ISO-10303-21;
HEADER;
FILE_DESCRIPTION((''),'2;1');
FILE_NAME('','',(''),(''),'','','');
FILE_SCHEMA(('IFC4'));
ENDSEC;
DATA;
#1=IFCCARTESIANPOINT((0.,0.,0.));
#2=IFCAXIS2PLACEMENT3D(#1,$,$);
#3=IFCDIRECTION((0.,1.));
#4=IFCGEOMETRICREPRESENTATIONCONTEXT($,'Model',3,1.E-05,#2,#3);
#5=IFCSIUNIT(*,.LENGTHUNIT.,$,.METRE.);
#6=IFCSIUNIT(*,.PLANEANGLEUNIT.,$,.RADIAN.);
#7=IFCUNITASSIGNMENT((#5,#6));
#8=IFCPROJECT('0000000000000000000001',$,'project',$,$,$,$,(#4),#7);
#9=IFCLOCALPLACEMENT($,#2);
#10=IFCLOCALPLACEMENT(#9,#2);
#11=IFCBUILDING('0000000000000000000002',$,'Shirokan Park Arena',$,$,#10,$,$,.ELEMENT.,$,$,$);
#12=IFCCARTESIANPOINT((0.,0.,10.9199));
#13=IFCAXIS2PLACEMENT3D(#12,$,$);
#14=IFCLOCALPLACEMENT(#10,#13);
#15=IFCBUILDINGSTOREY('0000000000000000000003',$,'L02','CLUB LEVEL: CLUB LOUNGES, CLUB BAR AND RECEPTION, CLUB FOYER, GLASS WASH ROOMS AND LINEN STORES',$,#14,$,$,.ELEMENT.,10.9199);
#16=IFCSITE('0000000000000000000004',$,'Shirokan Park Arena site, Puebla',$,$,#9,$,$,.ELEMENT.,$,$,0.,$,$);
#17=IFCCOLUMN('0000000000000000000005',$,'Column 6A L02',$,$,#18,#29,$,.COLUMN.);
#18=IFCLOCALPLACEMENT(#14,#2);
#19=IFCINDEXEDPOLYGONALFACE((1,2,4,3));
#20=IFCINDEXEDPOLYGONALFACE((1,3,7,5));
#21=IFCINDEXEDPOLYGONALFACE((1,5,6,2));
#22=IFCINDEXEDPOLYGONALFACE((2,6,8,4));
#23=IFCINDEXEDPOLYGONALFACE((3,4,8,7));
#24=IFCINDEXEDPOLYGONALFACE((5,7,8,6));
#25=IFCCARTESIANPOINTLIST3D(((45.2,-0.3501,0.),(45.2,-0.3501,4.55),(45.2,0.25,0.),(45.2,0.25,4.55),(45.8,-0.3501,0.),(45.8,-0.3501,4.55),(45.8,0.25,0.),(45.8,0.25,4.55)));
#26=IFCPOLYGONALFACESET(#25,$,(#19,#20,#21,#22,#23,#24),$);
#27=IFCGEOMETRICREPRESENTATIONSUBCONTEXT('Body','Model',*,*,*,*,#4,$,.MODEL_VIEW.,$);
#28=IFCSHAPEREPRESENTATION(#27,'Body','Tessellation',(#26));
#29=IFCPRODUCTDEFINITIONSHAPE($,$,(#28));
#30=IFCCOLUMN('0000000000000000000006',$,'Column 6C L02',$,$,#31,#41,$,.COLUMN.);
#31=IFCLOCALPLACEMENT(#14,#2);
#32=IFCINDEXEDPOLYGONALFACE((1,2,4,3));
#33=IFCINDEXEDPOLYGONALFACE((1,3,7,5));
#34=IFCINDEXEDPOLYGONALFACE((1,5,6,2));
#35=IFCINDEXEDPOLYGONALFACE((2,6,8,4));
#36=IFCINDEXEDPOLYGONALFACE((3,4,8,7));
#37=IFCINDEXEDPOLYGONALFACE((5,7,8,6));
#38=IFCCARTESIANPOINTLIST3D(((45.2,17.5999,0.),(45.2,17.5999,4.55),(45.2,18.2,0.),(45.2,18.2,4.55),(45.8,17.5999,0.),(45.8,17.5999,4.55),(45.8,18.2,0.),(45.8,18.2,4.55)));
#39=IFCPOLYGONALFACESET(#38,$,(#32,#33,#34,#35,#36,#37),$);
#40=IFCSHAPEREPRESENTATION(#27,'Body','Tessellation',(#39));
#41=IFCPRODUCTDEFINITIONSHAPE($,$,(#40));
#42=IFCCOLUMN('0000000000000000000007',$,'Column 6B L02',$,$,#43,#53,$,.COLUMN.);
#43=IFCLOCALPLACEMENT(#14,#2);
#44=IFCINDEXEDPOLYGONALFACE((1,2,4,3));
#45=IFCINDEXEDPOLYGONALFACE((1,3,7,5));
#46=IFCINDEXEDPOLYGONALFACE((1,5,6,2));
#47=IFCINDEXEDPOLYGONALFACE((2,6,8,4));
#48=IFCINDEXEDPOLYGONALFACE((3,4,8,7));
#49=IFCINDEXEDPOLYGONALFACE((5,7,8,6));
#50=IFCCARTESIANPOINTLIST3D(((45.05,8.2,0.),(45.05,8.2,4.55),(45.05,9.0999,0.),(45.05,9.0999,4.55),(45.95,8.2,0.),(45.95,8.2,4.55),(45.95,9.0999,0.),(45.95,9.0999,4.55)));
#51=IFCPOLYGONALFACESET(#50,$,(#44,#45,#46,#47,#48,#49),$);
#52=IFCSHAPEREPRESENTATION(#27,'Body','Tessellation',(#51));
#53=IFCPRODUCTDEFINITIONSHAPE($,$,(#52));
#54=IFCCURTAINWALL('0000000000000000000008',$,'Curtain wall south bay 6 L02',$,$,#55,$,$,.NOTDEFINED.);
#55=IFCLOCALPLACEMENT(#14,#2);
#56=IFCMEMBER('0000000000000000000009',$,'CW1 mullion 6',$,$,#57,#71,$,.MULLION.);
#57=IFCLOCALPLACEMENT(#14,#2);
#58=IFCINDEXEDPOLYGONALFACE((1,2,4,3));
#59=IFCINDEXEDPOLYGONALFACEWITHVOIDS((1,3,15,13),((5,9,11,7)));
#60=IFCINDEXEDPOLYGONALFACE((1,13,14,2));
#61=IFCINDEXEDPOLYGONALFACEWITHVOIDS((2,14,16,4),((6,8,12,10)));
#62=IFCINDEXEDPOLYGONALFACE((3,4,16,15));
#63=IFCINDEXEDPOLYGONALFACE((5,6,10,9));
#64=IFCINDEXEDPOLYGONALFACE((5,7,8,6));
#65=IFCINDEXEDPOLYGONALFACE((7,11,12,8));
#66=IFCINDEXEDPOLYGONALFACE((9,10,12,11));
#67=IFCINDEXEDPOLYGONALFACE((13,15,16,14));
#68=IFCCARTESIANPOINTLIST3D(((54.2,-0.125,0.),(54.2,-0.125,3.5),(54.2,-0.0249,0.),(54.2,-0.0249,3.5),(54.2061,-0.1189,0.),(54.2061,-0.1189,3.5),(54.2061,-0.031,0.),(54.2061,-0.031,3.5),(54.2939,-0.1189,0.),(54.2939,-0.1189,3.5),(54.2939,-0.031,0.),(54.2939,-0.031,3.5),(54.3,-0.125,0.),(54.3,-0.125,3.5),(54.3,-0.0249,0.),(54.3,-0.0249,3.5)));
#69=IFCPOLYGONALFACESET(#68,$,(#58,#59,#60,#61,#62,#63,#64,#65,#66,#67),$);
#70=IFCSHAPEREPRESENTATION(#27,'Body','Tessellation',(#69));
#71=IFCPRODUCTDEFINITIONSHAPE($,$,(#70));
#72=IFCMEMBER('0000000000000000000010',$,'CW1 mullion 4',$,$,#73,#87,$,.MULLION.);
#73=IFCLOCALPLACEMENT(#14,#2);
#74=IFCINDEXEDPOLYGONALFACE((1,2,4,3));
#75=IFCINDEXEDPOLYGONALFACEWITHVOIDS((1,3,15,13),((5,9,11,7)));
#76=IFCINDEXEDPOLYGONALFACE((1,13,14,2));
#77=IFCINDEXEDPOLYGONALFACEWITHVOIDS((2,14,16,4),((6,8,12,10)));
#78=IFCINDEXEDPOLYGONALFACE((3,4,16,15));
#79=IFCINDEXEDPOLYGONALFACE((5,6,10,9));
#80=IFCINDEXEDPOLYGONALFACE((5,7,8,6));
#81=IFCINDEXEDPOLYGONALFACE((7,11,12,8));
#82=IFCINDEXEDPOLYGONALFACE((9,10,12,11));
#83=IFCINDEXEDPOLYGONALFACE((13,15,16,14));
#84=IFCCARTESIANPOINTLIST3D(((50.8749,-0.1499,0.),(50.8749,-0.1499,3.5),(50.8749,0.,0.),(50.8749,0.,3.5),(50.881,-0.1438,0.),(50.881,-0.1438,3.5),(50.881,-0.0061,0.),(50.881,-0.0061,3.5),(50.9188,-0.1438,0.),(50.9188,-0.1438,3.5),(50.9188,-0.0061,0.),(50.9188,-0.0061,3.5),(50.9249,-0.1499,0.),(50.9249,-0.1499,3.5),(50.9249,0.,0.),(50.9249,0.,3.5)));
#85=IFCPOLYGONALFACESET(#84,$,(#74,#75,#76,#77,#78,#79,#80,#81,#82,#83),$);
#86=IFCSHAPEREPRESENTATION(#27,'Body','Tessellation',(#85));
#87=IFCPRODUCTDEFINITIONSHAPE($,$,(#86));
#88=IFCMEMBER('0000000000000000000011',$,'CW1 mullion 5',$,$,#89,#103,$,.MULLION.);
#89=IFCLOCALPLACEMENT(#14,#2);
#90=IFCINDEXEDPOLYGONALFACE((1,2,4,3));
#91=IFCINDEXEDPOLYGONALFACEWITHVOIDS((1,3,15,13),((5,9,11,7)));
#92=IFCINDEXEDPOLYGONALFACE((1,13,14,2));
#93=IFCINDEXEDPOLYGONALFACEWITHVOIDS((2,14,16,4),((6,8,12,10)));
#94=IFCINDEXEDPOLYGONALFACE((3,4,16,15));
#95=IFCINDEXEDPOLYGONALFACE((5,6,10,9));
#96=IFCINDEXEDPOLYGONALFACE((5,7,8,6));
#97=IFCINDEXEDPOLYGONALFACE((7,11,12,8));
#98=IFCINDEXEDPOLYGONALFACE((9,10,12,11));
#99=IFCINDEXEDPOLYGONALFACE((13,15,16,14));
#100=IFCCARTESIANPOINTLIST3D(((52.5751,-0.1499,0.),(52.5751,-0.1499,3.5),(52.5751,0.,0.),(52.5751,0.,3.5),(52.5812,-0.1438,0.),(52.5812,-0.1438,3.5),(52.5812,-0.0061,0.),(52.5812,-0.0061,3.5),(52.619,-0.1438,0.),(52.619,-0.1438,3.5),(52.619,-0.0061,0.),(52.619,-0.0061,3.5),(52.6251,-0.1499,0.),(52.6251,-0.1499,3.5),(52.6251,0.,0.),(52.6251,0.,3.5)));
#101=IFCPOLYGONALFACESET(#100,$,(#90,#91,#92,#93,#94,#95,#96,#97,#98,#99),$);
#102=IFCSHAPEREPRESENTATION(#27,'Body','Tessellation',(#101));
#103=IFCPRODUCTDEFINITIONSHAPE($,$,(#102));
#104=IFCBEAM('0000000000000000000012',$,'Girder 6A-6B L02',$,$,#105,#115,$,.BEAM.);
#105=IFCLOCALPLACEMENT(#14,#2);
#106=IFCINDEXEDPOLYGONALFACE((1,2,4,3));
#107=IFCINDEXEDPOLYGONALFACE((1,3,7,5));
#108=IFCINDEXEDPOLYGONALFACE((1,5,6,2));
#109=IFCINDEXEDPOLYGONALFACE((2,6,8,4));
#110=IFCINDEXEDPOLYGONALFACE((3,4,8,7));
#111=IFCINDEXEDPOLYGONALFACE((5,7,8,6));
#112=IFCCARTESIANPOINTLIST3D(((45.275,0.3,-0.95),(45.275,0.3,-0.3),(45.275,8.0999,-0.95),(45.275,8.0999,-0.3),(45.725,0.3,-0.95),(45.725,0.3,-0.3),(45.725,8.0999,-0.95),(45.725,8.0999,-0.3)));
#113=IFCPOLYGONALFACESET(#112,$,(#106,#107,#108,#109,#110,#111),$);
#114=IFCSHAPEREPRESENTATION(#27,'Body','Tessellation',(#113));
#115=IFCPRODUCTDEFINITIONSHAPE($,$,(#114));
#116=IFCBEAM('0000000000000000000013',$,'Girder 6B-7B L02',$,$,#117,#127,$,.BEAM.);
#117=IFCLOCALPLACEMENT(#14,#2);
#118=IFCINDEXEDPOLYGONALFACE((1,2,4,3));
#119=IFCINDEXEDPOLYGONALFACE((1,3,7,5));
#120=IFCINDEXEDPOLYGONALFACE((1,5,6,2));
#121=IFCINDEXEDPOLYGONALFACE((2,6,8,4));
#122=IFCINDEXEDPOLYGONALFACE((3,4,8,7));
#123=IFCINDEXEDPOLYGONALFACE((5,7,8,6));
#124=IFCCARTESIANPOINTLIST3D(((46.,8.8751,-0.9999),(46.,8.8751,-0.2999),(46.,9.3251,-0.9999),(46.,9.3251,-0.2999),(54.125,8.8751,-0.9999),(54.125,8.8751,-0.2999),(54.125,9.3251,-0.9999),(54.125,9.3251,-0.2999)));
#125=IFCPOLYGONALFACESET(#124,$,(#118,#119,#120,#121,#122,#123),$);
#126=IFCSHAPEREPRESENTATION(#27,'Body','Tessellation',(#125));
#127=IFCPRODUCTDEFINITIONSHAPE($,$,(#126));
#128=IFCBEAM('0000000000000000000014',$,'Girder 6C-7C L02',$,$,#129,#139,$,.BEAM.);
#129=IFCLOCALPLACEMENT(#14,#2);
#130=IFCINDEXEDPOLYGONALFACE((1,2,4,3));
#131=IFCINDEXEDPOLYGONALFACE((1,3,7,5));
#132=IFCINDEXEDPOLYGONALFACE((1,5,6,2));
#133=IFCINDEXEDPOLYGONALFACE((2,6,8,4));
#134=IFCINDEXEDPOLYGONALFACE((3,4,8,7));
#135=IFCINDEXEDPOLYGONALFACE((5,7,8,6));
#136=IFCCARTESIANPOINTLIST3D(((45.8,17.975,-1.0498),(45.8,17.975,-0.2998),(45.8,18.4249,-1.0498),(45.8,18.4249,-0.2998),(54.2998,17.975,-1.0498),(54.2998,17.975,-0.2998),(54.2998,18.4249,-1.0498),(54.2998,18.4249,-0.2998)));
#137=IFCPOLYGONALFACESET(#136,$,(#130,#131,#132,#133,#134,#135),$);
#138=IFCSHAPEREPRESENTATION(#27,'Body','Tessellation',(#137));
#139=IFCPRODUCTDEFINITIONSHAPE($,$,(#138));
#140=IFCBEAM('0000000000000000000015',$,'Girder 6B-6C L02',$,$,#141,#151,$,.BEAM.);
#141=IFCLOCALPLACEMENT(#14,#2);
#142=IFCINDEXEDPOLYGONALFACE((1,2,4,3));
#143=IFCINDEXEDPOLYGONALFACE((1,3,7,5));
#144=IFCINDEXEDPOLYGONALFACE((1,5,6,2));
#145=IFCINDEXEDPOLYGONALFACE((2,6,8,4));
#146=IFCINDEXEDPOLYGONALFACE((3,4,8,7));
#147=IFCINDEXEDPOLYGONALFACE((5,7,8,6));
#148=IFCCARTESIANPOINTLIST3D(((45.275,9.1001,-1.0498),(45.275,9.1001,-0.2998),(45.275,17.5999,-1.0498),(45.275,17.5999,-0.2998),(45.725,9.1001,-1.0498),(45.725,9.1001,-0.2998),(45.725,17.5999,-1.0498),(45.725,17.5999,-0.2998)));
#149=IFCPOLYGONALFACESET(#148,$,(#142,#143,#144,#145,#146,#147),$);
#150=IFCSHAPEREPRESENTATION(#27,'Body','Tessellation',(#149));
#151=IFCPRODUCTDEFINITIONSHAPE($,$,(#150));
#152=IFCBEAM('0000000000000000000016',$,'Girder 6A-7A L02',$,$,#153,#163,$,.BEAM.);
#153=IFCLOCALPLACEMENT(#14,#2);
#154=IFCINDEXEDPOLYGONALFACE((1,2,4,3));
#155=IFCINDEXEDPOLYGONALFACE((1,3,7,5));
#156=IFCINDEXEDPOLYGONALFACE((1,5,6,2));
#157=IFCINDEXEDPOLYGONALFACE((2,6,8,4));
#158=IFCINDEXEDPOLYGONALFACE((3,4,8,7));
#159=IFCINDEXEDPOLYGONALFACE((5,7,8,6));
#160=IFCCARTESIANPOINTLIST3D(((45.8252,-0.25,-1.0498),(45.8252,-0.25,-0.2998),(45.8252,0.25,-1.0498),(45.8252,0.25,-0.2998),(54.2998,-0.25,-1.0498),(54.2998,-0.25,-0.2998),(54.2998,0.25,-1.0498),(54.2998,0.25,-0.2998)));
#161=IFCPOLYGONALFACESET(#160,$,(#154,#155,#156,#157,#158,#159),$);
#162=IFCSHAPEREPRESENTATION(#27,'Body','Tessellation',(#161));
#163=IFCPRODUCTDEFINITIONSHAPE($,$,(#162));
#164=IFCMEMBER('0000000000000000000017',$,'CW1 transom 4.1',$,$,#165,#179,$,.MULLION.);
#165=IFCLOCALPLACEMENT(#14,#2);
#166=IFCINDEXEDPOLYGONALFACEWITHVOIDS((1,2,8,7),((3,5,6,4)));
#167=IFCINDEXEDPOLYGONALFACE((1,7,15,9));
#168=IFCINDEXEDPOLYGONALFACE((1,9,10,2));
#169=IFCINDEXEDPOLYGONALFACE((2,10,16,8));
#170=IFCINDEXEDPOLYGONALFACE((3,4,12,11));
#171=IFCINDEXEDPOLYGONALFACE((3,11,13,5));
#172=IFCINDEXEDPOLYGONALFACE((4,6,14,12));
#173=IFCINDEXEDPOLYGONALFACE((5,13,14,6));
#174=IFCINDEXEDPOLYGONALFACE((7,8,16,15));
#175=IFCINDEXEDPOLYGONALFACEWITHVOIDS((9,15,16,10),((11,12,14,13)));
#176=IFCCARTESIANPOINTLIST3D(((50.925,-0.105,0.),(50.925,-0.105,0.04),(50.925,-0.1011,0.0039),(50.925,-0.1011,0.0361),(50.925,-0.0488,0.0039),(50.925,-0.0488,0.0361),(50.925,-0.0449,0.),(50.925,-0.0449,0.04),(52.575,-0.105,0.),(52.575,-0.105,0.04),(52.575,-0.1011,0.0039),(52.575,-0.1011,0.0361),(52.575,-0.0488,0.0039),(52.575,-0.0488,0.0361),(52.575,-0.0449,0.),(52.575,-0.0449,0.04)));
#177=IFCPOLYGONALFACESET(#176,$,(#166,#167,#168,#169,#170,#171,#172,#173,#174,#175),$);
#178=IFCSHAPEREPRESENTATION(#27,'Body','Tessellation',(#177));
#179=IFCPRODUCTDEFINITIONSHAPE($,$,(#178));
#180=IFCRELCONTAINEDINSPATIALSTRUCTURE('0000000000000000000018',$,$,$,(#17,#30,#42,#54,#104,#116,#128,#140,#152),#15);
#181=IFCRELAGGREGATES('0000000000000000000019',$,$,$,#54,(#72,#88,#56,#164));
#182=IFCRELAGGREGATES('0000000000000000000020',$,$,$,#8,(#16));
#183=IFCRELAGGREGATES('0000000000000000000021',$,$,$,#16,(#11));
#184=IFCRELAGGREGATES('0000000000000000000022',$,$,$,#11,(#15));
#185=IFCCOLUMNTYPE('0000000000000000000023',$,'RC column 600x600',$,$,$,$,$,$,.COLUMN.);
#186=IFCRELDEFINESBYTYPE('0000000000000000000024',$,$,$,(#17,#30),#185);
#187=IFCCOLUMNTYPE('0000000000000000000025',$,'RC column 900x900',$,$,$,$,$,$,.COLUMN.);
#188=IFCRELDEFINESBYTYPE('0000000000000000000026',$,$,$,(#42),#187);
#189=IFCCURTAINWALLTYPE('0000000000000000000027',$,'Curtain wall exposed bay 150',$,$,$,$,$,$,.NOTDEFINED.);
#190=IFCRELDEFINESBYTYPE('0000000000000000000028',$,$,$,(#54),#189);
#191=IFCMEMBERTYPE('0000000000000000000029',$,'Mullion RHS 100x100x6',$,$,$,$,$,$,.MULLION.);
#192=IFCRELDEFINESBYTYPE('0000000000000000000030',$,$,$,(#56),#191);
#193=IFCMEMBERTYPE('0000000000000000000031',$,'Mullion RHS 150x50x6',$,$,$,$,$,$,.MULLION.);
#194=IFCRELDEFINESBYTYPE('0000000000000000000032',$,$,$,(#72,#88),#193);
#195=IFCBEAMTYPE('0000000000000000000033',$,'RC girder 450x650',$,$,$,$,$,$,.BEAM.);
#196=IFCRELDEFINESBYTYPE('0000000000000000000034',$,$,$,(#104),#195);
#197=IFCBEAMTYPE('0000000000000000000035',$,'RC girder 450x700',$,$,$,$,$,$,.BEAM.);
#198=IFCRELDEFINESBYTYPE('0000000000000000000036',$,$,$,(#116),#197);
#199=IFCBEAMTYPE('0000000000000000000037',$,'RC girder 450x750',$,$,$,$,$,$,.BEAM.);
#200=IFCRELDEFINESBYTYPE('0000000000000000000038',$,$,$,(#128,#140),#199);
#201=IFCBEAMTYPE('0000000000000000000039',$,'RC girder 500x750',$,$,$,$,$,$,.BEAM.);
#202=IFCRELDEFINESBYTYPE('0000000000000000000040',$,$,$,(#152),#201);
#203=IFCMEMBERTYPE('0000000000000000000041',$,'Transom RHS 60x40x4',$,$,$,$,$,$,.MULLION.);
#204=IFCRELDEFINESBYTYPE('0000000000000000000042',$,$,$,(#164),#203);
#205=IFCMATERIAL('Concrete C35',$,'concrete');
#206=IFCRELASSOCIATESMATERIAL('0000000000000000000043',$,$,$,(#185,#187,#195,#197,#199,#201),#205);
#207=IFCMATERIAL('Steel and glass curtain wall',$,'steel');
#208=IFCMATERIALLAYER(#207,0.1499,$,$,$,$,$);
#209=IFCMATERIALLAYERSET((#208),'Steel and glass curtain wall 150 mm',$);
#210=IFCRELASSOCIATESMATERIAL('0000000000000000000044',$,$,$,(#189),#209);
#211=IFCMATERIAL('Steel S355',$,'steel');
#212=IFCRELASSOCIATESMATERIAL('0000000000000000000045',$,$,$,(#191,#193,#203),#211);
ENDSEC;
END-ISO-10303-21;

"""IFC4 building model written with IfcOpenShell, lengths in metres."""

from ifc_helpers import new_model, si_unit, direction, frame, origin, origin_2d, place, context, subcontext, project, spatial, rectangle, hollow_rectangle, extrude, material, layer, layer_set, material_profile, profile_set, type_object, element, aggregate, save


model = new_model("IFC4")

# Units and contexts
model_context = context("Model", 3, precision=1e-05, world=origin(), true_north=direction((0.0, 1.0)))
body_context = subcontext(model_context, "Body", "Model", "MODEL_VIEW")
ifc_project = project(units=[si_unit("LENGTHUNIT", "METRE"), si_unit("PLANEANGLEUNIT", "RADIAN")], contexts=[model_context])

# Site, building, storey
site_placement = place(None, origin())
site = spatial("IfcSite", under=ifc_project, at=site_placement, Name="Shirokan Park Arena site, Puebla", CompositionType="ELEMENT", RefElevation=0.0)
building_placement = place(site_placement, origin())
building = spatial("IfcBuilding", under=site, at=building_placement, Name="Shirokan Park Arena", CompositionType="ELEMENT")
storey_placement = place(building_placement, frame((0.0, 0.0, 10.9199)))
storey = spatial("IfcBuildingStorey", under=building, at=storey_placement, Name="L02", Description="CLUB LEVEL: CLUB LOUNGES, CLUB BAR AND RECEPTION, CLUB FOYER, GLASS WASH ROOMS AND LINEN STORES", CompositionType="ELEMENT", Elevation=10.9199)

# Columns
ifc_material_1 = material(Name="Concrete C35", Category="concrete")
ifc_material_profile_1 = material_profile(ifc_material_1, rectangle(XDim=0.6001, YDim=0.6001, at=origin_2d()), Name="600x600")
ifc_profile_set_1 = profile_set([ifc_material_profile_1], Name="Concrete C35")
column_type_1 = type_object("IfcColumnType", Name="RC column 600x600", PredefinedType="COLUMN", material=ifc_profile_set_1)
for number, where, z_axis, x_axis, name in (
    (1, (45.5, -0.05, 0.0), (0.0, 0.0, 1.0), (1.0, 0.0, 0.0), "Column 6A L02"),
    (2, (45.5, 17.8999, 0.0), (0.0, 0.0, 1.0), (1.0, 0.0, 0.0), "Column 6C L02"),
):
    element("IfcColumn", number, at=place(storey_placement, frame(where, z_axis=z_axis, x_axis=x_axis)), inside=storey, type_object=column_type_1, Name=name, PredefinedType="COLUMN", context=body_context, shape_type="SweptSolid", body=[
        extrude(rectangle(XDim=0.6001, YDim=0.6001, at=origin_2d()), origin(), (0.0, 0.0, 1.0), 4.55),
    ])
ifc_material_profile_2 = material_profile(ifc_material_1, rectangle(XDim=0.8999, YDim=0.8999, at=origin_2d()), Name="900x900")
ifc_profile_set_2 = profile_set([ifc_material_profile_2], Name="Concrete C35")
column_type_2 = type_object("IfcColumnType", Name="RC column 900x900", PredefinedType="COLUMN", material=ifc_profile_set_2)
column_placement = place(storey_placement, frame((45.5, 8.6499, 0.0), z_axis=(0.0, 0.0, 1.0), x_axis=(1.0, 0.0, 0.0)))
element("IfcColumn", 3, at=column_placement, inside=storey, type_object=column_type_2, Name="Column 6B L02", PredefinedType="COLUMN", context=body_context, shape_type="SweptSolid", body=[
    extrude(rectangle(XDim=0.8999, YDim=0.8999, at=origin_2d()), origin(), (0.0, 0.0, 1.0), 4.55),
])

# Curtain wall, members
ifc_material_2 = material(Name="Steel and glass curtain wall", Category="steel")
ifc_layer_1 = layer(ifc_material_2, 0.1499)
ifc_layer_set_1 = layer_set([ifc_layer_1], Name="Steel and glass curtain wall 150 mm")
curtain_wall_type = type_object("IfcCurtainWallType", Name="Curtain wall exposed bay 150", PredefinedType="NOTDEFINED", material=ifc_layer_set_1)
curtain_wall_placement = place(storey_placement, origin())
curtain_wall = element("IfcCurtainWall", 4, at=curtain_wall_placement, inside=storey, type_object=curtain_wall_type, Name="Curtain wall south bay 6 L02", PredefinedType="NOTDEFINED")
ifc_material_3 = material(Name="Steel S355", Category="steel")
ifc_material_profile_3 = material_profile(ifc_material_3, hollow_rectangle(XDim=0.1001, YDim=0.1001, WallThickness=0.0061, at=origin_2d()), Name="RHS 100x100x6")
ifc_profile_set_3 = profile_set([ifc_material_profile_3], Name="Steel S355")
member_type_1 = type_object("IfcMemberType", Name="Mullion RHS 100x100x6", PredefinedType="MULLION", material=ifc_profile_set_3)
member_1_placement = place(storey_placement, frame((54.25, -0.075, 0.0), z_axis=(0.0, 0.0, 1.0), x_axis=(0.0, 1.0, 0.0)))
member_1 = element("IfcMember", 5, at=member_1_placement, type_object=member_type_1, Name="CW1 mullion 6", PredefinedType="MULLION", context=body_context, shape_type="SweptSolid", body=[
    extrude(hollow_rectangle(XDim=0.1001, YDim=0.1001, WallThickness=0.0061, at=origin_2d()), origin(), (0.0, 0.0, 1.0), 3.5),
])
ifc_material_profile_4 = material_profile(ifc_material_3, hollow_rectangle(XDim=0.1499, YDim=0.05, WallThickness=0.0061, at=origin_2d()), Name="RHS 150x50x6")
ifc_profile_set_4 = profile_set([ifc_material_profile_4], Name="Steel S355")
member_type_2 = type_object("IfcMemberType", Name="Mullion RHS 150x50x6", PredefinedType="MULLION", material=ifc_profile_set_4)
member_2_placement = place(storey_placement, frame((50.8999, -0.075, 0.0), z_axis=(0.0, 0.0, 1.0), x_axis=(0.0, 1.0, 0.0)))
member_2 = element("IfcMember", 6, at=member_2_placement, type_object=member_type_2, Name="CW1 mullion 4", PredefinedType="MULLION", context=body_context, shape_type="SweptSolid", body=[
    extrude(hollow_rectangle(XDim=0.1499, YDim=0.05, WallThickness=0.0061, at=origin_2d()), origin(), (0.0, 0.0, 1.0), 3.5),
])
member_3_placement = place(storey_placement, frame((52.6001, -0.075, 0.0), z_axis=(0.0, 0.0, 1.0), x_axis=(0.0, 1.0, 0.0)))
member_3 = element("IfcMember", 7, at=member_3_placement, type_object=member_type_2, Name="CW1 mullion 5", PredefinedType="MULLION", context=body_context, shape_type="SweptSolid", body=[
    extrude(hollow_rectangle(XDim=0.1499, YDim=0.05, WallThickness=0.0061, at=origin_2d()), origin(), (0.0, 0.0, 1.0), 3.5),
])

# Beams
ifc_material_profile_5 = material_profile(ifc_material_1, rectangle(XDim=0.45, YDim=0.6499, at=origin_2d()), Name="450x650")
ifc_profile_set_5 = profile_set([ifc_material_profile_5], Name="Concrete C35")
beam_type_1 = type_object("IfcBeamType", Name="RC girder 450x650", PredefinedType="BEAM", material=ifc_profile_set_5)
beam_1_placement = place(storey_placement, frame((45.5, 0.3, -0.625), z_axis=(0.0, 1.0, 0.0), x_axis=(-1.0, 0.0, 0.0)))
element("IfcBeam", 8, at=beam_1_placement, inside=storey, type_object=beam_type_1, Name="Girder 6A-6B L02", PredefinedType="BEAM", context=body_context, shape_type="SweptSolid", body=[
    extrude(rectangle(XDim=0.45, YDim=0.6499, at=origin_2d()), origin(), (0.0, 0.0, 1.0), 7.7998),
])
ifc_material_profile_6 = material_profile(ifc_material_1, rectangle(XDim=0.45, YDim=0.7, at=origin_2d()), Name="450x700")
ifc_profile_set_6 = profile_set([ifc_material_profile_6], Name="Concrete C35")
beam_type_2 = type_object("IfcBeamType", Name="RC girder 450x700", PredefinedType="BEAM", material=ifc_profile_set_6)
beam_2_placement = place(storey_placement, frame((46.0, 9.1001, -0.6499), z_axis=(1.0, 0.0, 0.0), x_axis=(0.0, 1.0, 0.0)))
element("IfcBeam", 9, at=beam_2_placement, inside=storey, type_object=beam_type_2, Name="Girder 6B-7B L02", PredefinedType="BEAM", context=body_context, shape_type="SweptSolid", body=[
    extrude(rectangle(XDim=0.45, YDim=0.7, at=origin_2d()), origin(), (0.0, 0.0, 1.0), 8.125),
])
ifc_material_profile_7 = material_profile(ifc_material_1, rectangle(XDim=0.45, YDim=0.75, at=origin_2d()), Name="450x750")
ifc_profile_set_7 = profile_set([ifc_material_profile_7], Name="Concrete C35")
beam_type_3 = type_object("IfcBeamType", Name="RC girder 450x750", PredefinedType="BEAM", material=ifc_profile_set_7)
for number, where, z_axis, x_axis, name in (
    (10, (45.8, 18.2, -0.6748), (1.0, 0.0, 0.0), (0.0, 1.0, 0.0), "Girder 6C-7C L02"),
    (11, (45.5, 9.1001, -0.6748), (0.0, 1.0, 0.0), (-1.0, 0.0, 0.0), "Girder 6B-6C L02"),
):
    element("IfcBeam", number, at=place(storey_placement, frame(where, z_axis=z_axis, x_axis=x_axis)), inside=storey, type_object=beam_type_3, Name=name, PredefinedType="BEAM", context=body_context, shape_type="SweptSolid", body=[
        extrude(rectangle(XDim=0.45, YDim=0.75, at=origin_2d()), origin(), (0.0, 0.0, 1.0), 8.4998),
    ])
ifc_material_profile_8 = material_profile(ifc_material_1, rectangle(XDim=0.5, YDim=0.75, at=origin_2d()), Name="500x750")
ifc_profile_set_8 = profile_set([ifc_material_profile_8], Name="Concrete C35")
beam_type_4 = type_object("IfcBeamType", Name="RC girder 500x750", PredefinedType="BEAM", material=ifc_profile_set_8)
beam_3_placement = place(storey_placement, frame((45.8252, 0.0, -0.6748), z_axis=(1.0, 0.0, 0.0), x_axis=(0.0, 1.0, 0.0)))
element("IfcBeam", 12, at=beam_3_placement, inside=storey, type_object=beam_type_4, Name="Girder 6A-7A L02", PredefinedType="BEAM", context=body_context, shape_type="SweptSolid", body=[
    extrude(rectangle(XDim=0.5, YDim=0.75, at=origin_2d()), origin(), (0.0, 0.0, 1.0), 8.4746),
])

# Member
ifc_material_profile_9 = material_profile(ifc_material_3, hollow_rectangle(XDim=0.0601, YDim=0.04, WallThickness=0.0039, at=origin_2d()), Name="RHS 60x40x4")
ifc_profile_set_9 = profile_set([ifc_material_profile_9], Name="Steel S355")
member_type_3 = type_object("IfcMemberType", Name="Transom RHS 60x40x4", PredefinedType="MULLION", material=ifc_profile_set_9)
member_4_placement = place(storey_placement, frame((50.925, -0.075, 0.02), z_axis=(1.0, 0.0, 0.0), x_axis=(0.0, 1.0, 0.0)))
member_4 = element("IfcMember", 13, at=member_4_placement, type_object=member_type_3, Name="CW1 transom 4.1", PredefinedType="MULLION", context=body_context, shape_type="SweptSolid", body=[
    extrude(hollow_rectangle(XDim=0.0601, YDim=0.04, WallThickness=0.0039, at=origin_2d()), origin(), (0.0, 0.0, 1.0), 1.6499),
])

aggregate(curtain_wall, [member_2, member_3, member_1, member_4])

save(model, "model.ifc")
